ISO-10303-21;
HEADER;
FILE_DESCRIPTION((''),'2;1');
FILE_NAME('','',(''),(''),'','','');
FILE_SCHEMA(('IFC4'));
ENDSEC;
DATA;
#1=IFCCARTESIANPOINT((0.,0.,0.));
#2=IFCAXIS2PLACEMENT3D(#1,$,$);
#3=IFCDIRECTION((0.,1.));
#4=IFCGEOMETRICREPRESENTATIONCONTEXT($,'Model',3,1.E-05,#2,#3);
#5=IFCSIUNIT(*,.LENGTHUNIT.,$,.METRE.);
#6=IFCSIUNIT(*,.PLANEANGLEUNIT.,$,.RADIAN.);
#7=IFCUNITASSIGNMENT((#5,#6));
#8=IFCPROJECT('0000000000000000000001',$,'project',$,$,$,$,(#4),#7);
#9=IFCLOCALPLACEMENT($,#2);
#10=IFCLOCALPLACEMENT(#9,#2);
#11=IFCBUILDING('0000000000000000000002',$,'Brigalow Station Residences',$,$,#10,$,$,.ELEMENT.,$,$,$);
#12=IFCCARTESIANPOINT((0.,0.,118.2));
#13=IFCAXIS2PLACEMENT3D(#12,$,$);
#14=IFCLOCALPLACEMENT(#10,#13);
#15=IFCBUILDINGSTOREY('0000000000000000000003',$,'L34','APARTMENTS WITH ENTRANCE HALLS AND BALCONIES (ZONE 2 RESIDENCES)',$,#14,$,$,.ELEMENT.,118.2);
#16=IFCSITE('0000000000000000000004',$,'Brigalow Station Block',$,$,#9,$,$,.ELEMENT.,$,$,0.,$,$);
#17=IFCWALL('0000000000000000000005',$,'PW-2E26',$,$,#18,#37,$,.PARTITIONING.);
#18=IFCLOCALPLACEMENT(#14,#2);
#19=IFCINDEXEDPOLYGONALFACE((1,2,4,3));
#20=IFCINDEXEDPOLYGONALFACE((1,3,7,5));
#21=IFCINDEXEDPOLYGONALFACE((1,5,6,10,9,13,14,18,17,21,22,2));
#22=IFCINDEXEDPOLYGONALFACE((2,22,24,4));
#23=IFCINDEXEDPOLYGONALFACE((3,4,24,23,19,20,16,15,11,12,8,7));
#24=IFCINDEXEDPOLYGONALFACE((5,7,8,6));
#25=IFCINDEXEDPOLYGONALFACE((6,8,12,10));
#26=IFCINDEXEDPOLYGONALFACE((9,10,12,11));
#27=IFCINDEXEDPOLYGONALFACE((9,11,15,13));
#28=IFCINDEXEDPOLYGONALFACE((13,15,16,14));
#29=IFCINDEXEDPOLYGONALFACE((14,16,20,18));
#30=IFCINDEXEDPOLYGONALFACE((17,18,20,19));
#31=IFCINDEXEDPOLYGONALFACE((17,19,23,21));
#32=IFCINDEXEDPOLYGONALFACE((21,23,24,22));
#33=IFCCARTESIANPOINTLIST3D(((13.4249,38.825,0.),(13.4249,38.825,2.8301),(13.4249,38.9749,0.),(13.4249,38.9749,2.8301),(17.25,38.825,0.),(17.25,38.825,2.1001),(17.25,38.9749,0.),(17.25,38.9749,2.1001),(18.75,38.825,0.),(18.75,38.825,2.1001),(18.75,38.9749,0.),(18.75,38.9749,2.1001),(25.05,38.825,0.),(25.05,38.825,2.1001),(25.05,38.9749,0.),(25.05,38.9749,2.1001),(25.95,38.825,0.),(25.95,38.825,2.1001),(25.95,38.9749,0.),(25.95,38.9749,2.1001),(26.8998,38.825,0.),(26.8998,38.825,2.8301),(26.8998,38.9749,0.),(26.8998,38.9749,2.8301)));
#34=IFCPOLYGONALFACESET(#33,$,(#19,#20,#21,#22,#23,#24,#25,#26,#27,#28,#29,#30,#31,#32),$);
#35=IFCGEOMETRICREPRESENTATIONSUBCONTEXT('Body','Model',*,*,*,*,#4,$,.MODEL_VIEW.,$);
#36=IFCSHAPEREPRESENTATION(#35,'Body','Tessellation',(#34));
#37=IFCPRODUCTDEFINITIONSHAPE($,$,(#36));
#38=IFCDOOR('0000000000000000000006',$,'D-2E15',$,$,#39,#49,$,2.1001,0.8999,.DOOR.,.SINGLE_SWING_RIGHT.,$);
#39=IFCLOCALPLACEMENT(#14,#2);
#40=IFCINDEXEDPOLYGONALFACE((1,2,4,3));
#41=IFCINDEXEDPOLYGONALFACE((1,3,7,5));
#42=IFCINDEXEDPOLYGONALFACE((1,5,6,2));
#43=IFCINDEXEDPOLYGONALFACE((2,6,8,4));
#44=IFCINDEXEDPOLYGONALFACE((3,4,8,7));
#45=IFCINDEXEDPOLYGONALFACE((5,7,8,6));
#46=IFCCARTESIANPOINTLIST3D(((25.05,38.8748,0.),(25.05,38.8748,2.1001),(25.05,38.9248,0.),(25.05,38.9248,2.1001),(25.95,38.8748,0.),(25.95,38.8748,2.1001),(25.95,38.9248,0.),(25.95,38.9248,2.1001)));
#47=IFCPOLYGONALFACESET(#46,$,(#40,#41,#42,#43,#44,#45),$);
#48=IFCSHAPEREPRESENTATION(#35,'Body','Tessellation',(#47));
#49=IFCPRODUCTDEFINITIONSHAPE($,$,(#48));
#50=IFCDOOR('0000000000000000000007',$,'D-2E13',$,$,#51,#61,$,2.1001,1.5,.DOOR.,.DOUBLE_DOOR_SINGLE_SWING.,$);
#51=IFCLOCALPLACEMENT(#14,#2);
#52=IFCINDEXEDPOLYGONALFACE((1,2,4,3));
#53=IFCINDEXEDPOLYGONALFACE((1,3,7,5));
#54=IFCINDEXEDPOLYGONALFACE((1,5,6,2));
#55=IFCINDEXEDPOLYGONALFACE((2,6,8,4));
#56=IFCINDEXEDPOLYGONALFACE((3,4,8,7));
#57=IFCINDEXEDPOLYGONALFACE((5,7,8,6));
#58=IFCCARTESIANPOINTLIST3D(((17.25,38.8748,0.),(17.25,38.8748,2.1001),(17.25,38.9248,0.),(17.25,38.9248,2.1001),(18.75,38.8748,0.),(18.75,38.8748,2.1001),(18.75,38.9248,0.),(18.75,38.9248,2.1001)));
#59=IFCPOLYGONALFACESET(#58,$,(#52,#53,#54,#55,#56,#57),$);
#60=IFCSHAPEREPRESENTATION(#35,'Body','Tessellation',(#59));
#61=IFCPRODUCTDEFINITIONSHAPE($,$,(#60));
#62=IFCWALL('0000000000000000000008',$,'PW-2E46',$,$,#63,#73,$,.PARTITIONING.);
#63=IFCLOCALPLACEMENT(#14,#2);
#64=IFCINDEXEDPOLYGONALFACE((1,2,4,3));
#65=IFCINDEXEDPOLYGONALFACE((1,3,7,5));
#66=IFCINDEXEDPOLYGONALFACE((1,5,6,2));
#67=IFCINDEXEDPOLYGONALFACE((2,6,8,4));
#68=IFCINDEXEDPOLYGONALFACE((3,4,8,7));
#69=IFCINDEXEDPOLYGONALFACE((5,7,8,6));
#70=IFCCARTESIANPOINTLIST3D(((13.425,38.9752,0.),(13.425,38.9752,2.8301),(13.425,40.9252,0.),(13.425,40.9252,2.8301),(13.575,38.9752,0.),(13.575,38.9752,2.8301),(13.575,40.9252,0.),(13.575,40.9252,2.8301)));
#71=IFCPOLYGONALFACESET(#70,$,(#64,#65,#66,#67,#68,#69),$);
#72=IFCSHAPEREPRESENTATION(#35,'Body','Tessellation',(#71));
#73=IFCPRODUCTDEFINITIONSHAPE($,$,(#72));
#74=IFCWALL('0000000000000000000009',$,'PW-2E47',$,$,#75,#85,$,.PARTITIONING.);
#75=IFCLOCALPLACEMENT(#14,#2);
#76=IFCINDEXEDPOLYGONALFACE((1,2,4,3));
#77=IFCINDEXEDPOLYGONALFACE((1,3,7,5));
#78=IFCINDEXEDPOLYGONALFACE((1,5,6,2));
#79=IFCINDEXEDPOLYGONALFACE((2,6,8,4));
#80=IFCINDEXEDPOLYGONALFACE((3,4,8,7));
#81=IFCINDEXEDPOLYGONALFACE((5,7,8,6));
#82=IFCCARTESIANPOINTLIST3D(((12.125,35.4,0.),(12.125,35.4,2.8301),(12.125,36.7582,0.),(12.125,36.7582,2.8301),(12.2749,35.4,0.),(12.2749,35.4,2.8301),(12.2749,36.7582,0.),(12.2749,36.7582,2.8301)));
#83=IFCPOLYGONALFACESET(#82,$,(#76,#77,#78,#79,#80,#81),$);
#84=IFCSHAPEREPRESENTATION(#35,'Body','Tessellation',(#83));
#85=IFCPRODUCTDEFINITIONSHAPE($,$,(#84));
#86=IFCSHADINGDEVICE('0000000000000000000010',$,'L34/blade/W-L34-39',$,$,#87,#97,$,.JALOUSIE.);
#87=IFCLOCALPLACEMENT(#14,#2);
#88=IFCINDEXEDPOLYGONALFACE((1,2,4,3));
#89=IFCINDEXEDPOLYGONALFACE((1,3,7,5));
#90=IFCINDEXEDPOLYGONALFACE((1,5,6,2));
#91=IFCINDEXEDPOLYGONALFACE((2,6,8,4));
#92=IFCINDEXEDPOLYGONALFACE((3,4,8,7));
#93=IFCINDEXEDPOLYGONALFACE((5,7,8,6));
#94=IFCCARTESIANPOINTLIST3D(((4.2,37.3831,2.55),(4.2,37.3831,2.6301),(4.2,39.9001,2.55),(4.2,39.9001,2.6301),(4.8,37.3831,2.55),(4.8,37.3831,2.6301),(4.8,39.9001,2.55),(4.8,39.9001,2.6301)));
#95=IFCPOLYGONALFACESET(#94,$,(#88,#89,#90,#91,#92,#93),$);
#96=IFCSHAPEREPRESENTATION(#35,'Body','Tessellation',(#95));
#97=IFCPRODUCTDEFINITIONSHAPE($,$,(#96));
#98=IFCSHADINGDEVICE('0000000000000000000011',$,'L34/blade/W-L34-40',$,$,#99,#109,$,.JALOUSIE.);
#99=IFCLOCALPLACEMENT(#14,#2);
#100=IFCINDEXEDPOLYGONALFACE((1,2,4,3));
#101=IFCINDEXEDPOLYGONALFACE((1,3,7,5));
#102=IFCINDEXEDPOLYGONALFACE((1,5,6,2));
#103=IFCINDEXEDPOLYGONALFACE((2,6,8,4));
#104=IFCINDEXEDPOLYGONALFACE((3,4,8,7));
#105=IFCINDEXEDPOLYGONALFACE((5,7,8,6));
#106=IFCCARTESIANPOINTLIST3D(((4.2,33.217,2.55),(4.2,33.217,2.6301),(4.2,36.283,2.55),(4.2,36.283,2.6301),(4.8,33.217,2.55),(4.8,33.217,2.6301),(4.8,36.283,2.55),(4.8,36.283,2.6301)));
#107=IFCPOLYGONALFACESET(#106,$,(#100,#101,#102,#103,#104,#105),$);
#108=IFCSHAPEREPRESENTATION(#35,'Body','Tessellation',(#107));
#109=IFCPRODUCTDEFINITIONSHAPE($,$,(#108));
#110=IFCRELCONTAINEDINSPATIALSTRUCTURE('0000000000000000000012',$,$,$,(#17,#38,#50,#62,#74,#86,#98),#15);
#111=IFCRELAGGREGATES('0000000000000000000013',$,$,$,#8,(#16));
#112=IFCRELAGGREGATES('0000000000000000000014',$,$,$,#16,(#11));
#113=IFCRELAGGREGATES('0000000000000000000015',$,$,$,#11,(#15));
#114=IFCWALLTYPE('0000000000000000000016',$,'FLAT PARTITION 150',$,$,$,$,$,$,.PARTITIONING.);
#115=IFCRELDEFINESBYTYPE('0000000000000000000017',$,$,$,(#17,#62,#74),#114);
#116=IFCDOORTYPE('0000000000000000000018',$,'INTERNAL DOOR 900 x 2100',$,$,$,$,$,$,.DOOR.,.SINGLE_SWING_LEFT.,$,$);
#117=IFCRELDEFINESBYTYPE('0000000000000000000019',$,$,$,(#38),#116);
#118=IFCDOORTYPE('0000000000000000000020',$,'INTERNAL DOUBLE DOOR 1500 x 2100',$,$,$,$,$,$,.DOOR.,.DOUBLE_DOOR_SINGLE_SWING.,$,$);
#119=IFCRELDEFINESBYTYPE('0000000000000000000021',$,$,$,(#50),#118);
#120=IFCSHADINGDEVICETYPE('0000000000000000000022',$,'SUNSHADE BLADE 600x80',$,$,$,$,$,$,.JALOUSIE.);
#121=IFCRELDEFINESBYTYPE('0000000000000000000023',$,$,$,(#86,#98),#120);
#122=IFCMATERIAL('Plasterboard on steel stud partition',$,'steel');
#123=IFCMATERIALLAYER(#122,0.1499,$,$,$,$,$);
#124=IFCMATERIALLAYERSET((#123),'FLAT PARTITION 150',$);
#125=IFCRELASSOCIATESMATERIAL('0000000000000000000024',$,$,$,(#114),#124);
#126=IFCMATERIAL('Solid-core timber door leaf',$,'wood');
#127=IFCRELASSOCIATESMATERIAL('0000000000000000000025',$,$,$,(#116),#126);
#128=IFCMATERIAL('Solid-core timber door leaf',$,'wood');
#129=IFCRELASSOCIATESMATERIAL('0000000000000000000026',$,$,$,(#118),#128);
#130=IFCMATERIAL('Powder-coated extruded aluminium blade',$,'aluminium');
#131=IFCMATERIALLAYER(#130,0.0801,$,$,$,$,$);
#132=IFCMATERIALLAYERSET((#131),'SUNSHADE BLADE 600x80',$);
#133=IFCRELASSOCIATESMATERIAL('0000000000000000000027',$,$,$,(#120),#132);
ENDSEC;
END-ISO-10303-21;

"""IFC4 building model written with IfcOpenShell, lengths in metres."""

from ifc_helpers import new_model, si_unit, direction, frame, frame_2d, origin, origin_2d, place, context, subcontext, project, spatial, rectangle, extrude, material, layer, layer_set, type_object, element, fill, save


model = new_model("IFC4")

# Units and contexts
model_context = context("Model", 3, precision=1e-05, world=origin(), true_north=direction((0.0, 1.0)))
body_context = subcontext(model_context, "Body", "Model", "MODEL_VIEW")
ifc_project = project(units=[si_unit("LENGTHUNIT", "METRE"), si_unit("PLANEANGLEUNIT", "RADIAN")], contexts=[model_context])

# Site, building, storey
site_placement = place(None, origin())
site = spatial("IfcSite", under=ifc_project, at=site_placement, Name="Brigalow Station Block", CompositionType="ELEMENT", RefElevation=0.0)
building_placement = place(site_placement, origin())
building = spatial("IfcBuilding", under=site, at=building_placement, Name="Brigalow Station Residences", CompositionType="ELEMENT")
storey_placement = place(building_placement, frame((0.0, 0.0, 118.2)))
storey = spatial("IfcBuildingStorey", under=building, at=storey_placement, Name="L34", Description="APARTMENTS WITH ENTRANCE HALLS AND BALCONIES (ZONE 2 RESIDENCES)", CompositionType="ELEMENT", Elevation=118.2)

# Shared definitions
ifc_material_1 = material(Name="Plasterboard on steel stud partition", Category="steel")
ifc_layer_1 = layer(ifc_material_1, 0.1499)
ifc_layer_set_1 = layer_set([ifc_layer_1], Name="FLAT PARTITION 150")
wall_type_1 = type_object("IfcWallType", Name="FLAT PARTITION 150", PredefinedType="PARTITIONING", material=ifc_layer_set_1)
ifc_material_2 = material(Name="Solid-core timber door leaf", Category="wood")
door_type_1 = type_object("IfcDoorType", Name="INTERNAL DOOR 900 x 2100", OperationType="SINGLE_SWING_LEFT", PredefinedType="DOOR", material=ifc_material_2)

# Wall, openings, doors
wall_1_placement = place(storey_placement, frame((13.425, 38.8999, 0.0), z_axis=(0.0, 0.0, 1.0), x_axis=(1.0, 0.0, 0.0)))
wall_1 = element("IfcWall", 1, at=wall_1_placement, inside=storey, type_object=wall_type_1, Name="PW-2E26", PredefinedType="PARTITIONING", context=body_context, shape_type="SweptSolid", body=[
    extrude(rectangle(XDim=13.4749, YDim=0.1499, at=frame_2d((6.7373, 0.0))), origin(), (0.0, 0.0, 1.0), 2.8301),
])
opening_1_placement = place(wall_1_placement, frame((3.825, 0.0, 0.0)))
opening_1 = element("IfcOpeningElement", 2, at=opening_1_placement, cuts=wall_1, PredefinedType="OPENING", context=body_context, shape_type="SweptSolid", body=[
    extrude(rectangle(XDim=1.5, YDim=2.1001, at=frame_2d((0.75, 1.05))), frame((0.0, 0.085, 0.0), z_axis=(0.0, -1.0, 0.0), x_axis=(1.0, 0.0, 0.0)), (0.0, 0.0, 1.0), 0.1699),
])
opening_2_placement = place(wall_1_placement, frame((11.625, 0.0, 0.0)))
opening_2 = element("IfcOpeningElement", 3, at=opening_2_placement, cuts=wall_1, PredefinedType="OPENING", context=body_context, shape_type="SweptSolid", body=[
    extrude(rectangle(XDim=0.8999, YDim=2.1001, at=frame_2d((0.45, 1.05))), frame((0.0, 0.085, 0.0), z_axis=(0.0, -1.0, 0.0), x_axis=(1.0, 0.0, 0.0)), (0.0, 0.0, 1.0), 0.1699),
])
door_1_placement = place(opening_2_placement, origin())
door_1 = element("IfcDoor", 4, at=door_1_placement, inside=storey, type_object=door_type_1, Name="D-2E15", OperationType="SINGLE_SWING_RIGHT", OverallHeight=2.1001, OverallWidth=0.8999, PredefinedType="DOOR", context=body_context, shape_type="SweptSolid", body=[
    extrude(rectangle(XDim=0.8999, YDim=2.1001, at=frame_2d((0.45, 1.05))), frame((0.0, 0.0249, 0.0), z_axis=(0.0, -1.0, 0.0), x_axis=(1.0, 0.0, 0.0)), (0.0, 0.0, 1.0), 0.05),
])
fill(opening_2, door_1)
ifc_material_3 = material(Name="Solid-core timber door leaf", Category="wood")
door_type_2 = type_object("IfcDoorType", Name="INTERNAL DOUBLE DOOR 1500 x 2100", OperationType="DOUBLE_DOOR_SINGLE_SWING", PredefinedType="DOOR", material=ifc_material_3)
door_2_placement = place(opening_1_placement, origin())
door_2 = element("IfcDoor", 5, at=door_2_placement, inside=storey, type_object=door_type_2, Name="D-2E13", OperationType="DOUBLE_DOOR_SINGLE_SWING", OverallHeight=2.1001, OverallWidth=1.5, PredefinedType="DOOR", context=body_context, shape_type="SweptSolid", body=[
    extrude(rectangle(XDim=1.5, YDim=2.1001, at=frame_2d((0.75, 1.05))), frame((0.0, 0.0249, 0.0), z_axis=(0.0, -1.0, 0.0), x_axis=(1.0, 0.0, 0.0)), (0.0, 0.0, 1.0), 0.05),
])
fill(opening_1, door_2)

# Walls
wall_2_placement = place(storey_placement, frame((13.5, 38.9751, 0.0), z_axis=(0.0, 0.0, 1.0), x_axis=(0.0, 1.0, 0.0)))
element("IfcWall", 6, at=wall_2_placement, inside=storey, type_object=wall_type_1, Name="PW-2E46", PredefinedType="PARTITIONING", context=body_context, shape_type="SweptSolid", body=[
    extrude(rectangle(XDim=1.95, YDim=0.1499, at=frame_2d((0.9751, 0.0))), origin(), (0.0, 0.0, 1.0), 2.8301),
])
wall_3_placement = place(storey_placement, frame((12.2, 35.3999, 0.0), z_axis=(0.0, 0.0, 1.0), x_axis=(0.0, 1.0, 0.0)))
element("IfcWall", 7, at=wall_3_placement, inside=storey, type_object=wall_type_1, Name="PW-2E47", PredefinedType="PARTITIONING", context=body_context, shape_type="SweptSolid", body=[
    extrude(rectangle(XDim=1.3582, YDim=0.1499, at=frame_2d((0.6792, 0.0))), origin(), (0.0, 0.0, 1.0), 2.8301),
])

# Shading devices
ifc_material_4 = material(Name="Powder-coated extruded aluminium blade", Category="aluminium")
ifc_layer_2 = layer(ifc_material_4, 0.0801)
ifc_layer_set_2 = layer_set([ifc_layer_2], Name="SUNSHADE BLADE 600x80")
shading_device_type = type_object("IfcShadingDeviceType", Name="SUNSHADE BLADE 600x80", PredefinedType="JALOUSIE", material=ifc_layer_set_2)
shading_device_1_placement = place(storey_placement, frame((4.5, 38.6416, 2.55), z_axis=(0.0, 0.0, 1.0), x_axis=(0.0, -1.0, 0.0)))
element("IfcShadingDevice", 8, at=shading_device_1_placement, inside=storey, type_object=shading_device_type, Name="L34/blade/W-L34-39", PredefinedType="JALOUSIE", context=body_context, shape_type="SweptSolid", body=[
    extrude(rectangle(XDim=2.5171, YDim=0.6001, at=origin_2d()), origin(), (0.0, 0.0, 1.0), 0.0801),
])
shading_device_2_placement = place(storey_placement, frame((4.5, 34.75, 2.55), z_axis=(0.0, 0.0, 1.0), x_axis=(0.0, -1.0, 0.0)))
element("IfcShadingDevice", 9, at=shading_device_2_placement, inside=storey, type_object=shading_device_type, Name="L34/blade/W-L34-40", PredefinedType="JALOUSIE", context=body_context, shape_type="SweptSolid", body=[
    extrude(rectangle(XDim=3.0659, YDim=0.6001, at=origin_2d()), origin(), (0.0, 0.0, 1.0), 0.0801),
])

save(model, "model.ifc")
